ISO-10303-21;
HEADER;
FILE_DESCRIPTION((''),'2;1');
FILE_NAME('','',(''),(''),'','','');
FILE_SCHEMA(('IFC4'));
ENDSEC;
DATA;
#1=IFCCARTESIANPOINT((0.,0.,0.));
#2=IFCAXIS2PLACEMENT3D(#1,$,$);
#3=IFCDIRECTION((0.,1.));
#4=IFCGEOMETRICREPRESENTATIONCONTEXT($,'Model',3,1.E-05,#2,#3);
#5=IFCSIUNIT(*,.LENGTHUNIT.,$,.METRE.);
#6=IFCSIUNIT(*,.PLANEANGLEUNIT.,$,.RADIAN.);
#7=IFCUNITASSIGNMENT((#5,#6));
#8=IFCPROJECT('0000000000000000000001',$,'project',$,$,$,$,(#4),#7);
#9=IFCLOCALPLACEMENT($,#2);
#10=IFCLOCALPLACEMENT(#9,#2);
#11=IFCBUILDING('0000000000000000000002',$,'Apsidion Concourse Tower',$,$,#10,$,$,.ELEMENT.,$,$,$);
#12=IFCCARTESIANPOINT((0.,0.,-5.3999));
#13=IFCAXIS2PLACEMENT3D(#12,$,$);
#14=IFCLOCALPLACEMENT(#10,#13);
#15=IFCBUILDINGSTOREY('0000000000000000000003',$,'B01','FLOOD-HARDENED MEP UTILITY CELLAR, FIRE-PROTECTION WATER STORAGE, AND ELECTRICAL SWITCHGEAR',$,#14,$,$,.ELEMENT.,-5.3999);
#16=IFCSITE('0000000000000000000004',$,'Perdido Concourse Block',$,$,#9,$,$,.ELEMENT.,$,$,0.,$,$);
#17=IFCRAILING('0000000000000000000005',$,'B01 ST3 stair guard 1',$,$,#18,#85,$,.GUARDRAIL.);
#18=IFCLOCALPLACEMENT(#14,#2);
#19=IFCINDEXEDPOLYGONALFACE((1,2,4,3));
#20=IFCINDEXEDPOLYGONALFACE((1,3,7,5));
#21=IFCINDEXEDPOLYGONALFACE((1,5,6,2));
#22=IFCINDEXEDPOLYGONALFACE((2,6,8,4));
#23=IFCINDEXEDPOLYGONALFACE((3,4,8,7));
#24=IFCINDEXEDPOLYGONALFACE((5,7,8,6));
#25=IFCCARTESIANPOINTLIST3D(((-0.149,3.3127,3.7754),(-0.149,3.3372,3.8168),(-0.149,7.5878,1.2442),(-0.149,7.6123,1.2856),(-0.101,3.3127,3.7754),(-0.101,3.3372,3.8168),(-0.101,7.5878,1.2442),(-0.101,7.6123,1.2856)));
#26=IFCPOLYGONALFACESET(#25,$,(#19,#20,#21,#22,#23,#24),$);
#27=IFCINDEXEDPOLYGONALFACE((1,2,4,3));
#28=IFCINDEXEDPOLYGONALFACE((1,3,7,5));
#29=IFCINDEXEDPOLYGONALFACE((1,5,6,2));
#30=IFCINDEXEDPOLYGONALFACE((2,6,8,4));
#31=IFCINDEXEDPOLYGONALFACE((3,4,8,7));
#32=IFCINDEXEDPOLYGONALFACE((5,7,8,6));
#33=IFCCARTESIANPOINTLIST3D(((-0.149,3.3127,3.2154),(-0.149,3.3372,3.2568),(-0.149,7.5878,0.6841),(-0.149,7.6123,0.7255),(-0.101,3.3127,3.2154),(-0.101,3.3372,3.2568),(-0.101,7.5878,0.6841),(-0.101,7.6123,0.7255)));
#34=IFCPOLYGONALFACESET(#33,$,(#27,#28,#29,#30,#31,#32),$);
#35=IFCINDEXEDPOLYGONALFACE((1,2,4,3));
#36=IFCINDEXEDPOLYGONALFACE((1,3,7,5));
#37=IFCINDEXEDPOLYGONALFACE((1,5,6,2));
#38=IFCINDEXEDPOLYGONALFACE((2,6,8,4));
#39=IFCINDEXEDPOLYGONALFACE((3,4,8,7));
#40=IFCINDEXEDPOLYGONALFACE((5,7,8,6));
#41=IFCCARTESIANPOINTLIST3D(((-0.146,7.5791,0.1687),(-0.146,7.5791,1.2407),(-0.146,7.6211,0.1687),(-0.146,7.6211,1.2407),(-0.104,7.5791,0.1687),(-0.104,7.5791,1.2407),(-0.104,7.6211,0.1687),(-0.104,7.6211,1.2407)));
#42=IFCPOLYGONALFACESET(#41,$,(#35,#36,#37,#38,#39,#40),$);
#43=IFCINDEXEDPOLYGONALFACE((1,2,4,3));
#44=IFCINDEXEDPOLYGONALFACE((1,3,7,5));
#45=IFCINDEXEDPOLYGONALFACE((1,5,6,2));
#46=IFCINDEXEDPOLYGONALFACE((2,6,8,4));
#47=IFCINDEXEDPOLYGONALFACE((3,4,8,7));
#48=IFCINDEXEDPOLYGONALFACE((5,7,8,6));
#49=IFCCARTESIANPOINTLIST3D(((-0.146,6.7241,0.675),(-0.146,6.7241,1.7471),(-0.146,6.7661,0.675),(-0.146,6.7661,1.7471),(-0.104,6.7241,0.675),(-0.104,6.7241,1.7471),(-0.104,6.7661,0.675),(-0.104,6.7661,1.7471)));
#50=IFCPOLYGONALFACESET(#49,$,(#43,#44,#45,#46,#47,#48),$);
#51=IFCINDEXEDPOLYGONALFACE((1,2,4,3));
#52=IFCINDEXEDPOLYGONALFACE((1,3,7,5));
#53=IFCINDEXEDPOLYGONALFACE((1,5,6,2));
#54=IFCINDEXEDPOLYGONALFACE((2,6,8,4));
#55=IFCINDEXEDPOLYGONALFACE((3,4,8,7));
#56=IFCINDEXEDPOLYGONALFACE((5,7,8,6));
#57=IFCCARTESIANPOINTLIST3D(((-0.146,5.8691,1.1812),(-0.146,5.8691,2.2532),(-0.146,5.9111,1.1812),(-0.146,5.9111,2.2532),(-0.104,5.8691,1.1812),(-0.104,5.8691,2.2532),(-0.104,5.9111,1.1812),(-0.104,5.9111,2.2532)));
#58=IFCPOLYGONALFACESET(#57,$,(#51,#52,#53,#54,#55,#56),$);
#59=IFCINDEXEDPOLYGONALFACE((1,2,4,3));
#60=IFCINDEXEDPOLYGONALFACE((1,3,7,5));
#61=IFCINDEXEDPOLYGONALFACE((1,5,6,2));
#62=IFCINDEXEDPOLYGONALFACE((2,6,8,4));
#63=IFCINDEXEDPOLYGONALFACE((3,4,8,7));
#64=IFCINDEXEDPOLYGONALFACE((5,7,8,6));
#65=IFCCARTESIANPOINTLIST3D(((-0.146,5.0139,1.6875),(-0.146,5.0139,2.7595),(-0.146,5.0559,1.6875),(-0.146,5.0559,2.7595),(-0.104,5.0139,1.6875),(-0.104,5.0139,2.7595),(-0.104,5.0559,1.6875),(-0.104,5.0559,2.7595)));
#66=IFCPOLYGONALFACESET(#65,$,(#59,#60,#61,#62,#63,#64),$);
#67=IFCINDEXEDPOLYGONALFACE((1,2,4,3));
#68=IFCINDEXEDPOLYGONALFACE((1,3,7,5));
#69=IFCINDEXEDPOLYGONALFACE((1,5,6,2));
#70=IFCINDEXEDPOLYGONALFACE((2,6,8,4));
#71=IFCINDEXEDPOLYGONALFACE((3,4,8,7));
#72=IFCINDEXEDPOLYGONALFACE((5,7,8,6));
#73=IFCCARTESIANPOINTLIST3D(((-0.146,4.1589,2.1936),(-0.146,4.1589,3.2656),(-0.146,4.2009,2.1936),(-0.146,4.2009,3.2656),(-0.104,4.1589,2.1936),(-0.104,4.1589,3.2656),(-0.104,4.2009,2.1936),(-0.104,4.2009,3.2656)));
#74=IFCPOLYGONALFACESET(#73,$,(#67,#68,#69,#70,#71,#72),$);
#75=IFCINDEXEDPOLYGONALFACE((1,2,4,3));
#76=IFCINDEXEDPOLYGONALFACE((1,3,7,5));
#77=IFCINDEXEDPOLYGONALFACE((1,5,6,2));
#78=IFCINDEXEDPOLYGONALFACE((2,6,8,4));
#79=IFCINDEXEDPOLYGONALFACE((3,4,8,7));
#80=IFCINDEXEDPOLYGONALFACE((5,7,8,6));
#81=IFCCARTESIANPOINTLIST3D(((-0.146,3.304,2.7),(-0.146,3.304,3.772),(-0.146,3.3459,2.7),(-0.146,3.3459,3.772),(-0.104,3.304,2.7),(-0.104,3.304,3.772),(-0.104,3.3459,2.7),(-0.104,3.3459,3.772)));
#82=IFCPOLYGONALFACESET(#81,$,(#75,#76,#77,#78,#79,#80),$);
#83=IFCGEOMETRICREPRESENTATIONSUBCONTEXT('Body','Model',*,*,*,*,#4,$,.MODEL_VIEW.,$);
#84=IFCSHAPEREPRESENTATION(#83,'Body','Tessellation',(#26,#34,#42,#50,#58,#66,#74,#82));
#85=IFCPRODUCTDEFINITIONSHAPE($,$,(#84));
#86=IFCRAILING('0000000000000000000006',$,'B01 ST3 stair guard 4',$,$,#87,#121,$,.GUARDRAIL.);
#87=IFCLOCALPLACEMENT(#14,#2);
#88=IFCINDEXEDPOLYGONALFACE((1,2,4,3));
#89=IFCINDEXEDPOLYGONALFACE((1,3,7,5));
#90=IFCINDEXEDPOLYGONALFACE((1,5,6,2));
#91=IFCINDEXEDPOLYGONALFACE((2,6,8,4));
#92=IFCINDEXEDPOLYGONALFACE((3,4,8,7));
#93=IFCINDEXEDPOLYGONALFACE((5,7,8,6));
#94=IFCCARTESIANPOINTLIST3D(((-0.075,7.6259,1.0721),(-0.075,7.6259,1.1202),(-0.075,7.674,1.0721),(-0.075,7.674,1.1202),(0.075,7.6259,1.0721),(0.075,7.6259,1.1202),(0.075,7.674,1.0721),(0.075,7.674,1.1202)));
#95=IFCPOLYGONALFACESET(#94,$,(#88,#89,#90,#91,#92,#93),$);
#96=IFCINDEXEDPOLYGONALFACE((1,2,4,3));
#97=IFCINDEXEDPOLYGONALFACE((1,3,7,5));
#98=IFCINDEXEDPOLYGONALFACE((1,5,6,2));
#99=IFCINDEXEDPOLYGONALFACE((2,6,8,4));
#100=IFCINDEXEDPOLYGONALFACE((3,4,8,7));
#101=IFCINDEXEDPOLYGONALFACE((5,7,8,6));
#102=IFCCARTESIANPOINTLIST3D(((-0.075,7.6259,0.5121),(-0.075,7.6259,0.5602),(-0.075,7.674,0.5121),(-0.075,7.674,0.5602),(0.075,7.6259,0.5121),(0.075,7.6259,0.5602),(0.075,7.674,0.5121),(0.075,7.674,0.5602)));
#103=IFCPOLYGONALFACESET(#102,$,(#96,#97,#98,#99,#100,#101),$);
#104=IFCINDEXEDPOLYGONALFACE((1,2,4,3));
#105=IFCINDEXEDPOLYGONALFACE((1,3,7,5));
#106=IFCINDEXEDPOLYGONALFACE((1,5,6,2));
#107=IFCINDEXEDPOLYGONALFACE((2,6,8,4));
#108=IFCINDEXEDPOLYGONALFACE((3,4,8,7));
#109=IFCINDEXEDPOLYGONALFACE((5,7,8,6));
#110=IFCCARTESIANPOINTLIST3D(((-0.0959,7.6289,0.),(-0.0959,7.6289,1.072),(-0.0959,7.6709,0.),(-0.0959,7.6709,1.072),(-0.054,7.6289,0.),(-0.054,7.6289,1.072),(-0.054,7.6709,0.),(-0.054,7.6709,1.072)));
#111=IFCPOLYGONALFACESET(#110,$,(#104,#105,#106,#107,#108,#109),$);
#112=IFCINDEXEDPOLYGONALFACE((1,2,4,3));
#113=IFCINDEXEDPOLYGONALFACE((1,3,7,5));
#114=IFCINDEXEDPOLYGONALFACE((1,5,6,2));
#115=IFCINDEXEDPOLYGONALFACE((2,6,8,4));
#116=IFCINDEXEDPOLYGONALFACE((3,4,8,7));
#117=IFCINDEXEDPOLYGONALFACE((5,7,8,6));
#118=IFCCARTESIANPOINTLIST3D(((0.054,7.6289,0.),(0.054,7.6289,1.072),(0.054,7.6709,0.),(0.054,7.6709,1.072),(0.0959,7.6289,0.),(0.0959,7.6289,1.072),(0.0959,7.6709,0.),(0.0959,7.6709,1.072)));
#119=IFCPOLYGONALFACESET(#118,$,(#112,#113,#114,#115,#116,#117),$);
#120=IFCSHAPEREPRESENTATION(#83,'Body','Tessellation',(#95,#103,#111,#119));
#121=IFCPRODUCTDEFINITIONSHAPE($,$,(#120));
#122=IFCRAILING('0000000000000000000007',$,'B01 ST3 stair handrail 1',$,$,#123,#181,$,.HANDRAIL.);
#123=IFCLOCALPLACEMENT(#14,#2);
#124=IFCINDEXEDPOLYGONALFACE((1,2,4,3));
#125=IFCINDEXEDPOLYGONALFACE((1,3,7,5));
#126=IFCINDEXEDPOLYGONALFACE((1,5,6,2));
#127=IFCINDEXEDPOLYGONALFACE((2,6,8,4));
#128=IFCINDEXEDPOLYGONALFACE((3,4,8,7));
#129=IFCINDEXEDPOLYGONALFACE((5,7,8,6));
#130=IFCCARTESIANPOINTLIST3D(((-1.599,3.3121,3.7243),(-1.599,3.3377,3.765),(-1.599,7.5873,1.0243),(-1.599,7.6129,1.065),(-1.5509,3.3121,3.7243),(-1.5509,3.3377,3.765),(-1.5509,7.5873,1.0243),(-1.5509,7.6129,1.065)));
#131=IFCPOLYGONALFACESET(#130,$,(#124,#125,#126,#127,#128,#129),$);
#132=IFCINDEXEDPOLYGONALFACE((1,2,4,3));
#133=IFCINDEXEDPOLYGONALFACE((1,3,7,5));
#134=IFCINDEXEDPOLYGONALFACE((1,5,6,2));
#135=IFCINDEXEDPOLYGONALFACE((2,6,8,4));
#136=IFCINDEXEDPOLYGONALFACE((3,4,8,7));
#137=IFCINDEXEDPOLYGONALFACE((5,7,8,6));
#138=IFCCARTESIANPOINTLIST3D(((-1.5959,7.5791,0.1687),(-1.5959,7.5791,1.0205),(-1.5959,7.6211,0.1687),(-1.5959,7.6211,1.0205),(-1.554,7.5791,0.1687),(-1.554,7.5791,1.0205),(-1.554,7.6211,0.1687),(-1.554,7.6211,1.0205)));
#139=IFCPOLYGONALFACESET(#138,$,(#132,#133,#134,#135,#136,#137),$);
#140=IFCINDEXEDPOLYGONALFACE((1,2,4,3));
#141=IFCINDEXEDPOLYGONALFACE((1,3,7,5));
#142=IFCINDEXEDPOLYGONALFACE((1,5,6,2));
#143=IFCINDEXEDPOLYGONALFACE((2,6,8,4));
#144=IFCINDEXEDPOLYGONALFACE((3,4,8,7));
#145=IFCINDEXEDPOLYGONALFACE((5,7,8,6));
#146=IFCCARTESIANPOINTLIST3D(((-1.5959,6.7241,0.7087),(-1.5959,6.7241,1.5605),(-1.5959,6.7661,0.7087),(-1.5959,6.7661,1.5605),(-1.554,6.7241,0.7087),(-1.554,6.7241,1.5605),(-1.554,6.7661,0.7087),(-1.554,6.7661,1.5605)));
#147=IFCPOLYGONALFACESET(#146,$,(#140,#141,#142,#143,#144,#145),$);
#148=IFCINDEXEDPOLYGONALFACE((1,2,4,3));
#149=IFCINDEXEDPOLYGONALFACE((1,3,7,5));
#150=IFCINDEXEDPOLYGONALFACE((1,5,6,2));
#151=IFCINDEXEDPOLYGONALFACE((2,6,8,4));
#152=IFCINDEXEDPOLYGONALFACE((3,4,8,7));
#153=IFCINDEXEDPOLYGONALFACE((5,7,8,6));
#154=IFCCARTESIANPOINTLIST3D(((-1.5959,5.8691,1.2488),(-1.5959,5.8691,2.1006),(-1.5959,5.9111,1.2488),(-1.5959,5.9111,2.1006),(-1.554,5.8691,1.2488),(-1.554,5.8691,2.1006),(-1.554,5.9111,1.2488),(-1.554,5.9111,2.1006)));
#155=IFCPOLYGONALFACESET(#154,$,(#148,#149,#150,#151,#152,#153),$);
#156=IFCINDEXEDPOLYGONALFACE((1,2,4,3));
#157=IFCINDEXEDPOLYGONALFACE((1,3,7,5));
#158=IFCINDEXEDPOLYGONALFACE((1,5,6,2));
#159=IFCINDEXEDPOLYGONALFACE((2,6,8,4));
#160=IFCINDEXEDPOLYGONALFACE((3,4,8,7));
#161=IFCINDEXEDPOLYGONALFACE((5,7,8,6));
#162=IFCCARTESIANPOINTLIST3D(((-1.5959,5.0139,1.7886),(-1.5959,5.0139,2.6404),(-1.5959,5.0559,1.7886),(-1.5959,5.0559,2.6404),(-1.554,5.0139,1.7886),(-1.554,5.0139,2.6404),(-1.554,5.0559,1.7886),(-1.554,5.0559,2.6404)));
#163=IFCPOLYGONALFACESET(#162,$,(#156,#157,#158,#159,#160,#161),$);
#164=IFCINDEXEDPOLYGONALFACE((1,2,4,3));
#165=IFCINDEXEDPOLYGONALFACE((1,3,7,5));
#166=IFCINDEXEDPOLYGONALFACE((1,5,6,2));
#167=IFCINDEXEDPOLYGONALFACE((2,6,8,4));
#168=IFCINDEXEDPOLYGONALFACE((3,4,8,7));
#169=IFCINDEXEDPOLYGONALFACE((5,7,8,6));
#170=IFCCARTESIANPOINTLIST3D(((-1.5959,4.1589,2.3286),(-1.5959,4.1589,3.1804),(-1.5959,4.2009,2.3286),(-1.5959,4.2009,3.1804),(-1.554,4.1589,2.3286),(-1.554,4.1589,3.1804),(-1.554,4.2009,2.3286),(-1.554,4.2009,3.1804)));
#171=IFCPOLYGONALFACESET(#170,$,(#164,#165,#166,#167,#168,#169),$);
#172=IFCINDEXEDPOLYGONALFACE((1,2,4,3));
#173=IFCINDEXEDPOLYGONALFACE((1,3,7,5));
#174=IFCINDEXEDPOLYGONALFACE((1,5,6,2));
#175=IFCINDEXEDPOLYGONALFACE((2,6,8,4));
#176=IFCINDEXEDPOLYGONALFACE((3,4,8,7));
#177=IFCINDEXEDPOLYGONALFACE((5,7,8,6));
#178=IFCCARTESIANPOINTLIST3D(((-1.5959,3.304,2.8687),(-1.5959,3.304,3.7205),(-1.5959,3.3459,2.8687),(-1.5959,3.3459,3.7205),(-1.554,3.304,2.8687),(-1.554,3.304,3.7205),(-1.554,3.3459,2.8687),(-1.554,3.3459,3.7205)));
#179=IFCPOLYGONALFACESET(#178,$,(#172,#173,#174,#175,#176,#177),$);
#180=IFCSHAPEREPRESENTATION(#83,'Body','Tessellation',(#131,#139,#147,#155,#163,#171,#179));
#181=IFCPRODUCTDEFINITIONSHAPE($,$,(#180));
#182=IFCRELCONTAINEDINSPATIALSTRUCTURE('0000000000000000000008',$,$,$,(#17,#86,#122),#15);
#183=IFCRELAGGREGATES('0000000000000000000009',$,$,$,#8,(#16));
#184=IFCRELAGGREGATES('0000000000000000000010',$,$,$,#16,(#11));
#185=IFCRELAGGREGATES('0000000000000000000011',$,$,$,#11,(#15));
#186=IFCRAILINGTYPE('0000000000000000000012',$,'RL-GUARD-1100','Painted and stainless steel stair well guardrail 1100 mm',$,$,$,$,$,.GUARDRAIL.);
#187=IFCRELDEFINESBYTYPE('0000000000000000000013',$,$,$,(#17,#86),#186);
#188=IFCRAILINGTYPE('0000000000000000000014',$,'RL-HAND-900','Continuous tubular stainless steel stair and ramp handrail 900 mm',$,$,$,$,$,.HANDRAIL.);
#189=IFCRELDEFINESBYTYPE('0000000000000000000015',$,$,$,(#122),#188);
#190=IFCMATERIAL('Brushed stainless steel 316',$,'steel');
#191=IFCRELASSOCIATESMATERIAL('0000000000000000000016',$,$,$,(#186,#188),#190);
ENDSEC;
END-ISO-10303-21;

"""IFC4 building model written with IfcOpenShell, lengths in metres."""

from ifc_helpers import new_model, si_unit, direction, frame, origin, origin_2d, place, context, subcontext, project, spatial, rectangle, extrude, material, type_object, element, save


model = new_model("IFC4")

# Units and contexts
model_context = context("Model", 3, precision=1e-05, world=origin(), true_north=direction((0.0, 1.0)))
body_context = subcontext(model_context, "Body", "Model", "MODEL_VIEW")
ifc_project = project(units=[si_unit("LENGTHUNIT", "METRE"), si_unit("PLANEANGLEUNIT", "RADIAN")], contexts=[model_context])

# Site, building, storey
site_placement = place(None, origin())
site = spatial("IfcSite", under=ifc_project, at=site_placement, Name="Perdido Concourse Block", CompositionType="ELEMENT", RefElevation=0.0)
building_placement = place(site_placement, origin())
building = spatial("IfcBuilding", under=site, at=building_placement, Name="Apsidion Concourse Tower", CompositionType="ELEMENT")
storey_placement = place(building_placement, frame((0.0, 0.0, -5.3999)))
storey = spatial("IfcBuildingStorey", under=building, at=storey_placement, Name="B01", Description="FLOOD-HARDENED MEP UTILITY CELLAR, FIRE-PROTECTION WATER STORAGE, AND ELECTRICAL SWITCHGEAR", CompositionType="ELEMENT", Elevation=-5.3999)

# Shared definitions
ifc_material_1 = material(Name="Brushed stainless steel 316", Category="steel")

# Railings
railing_type_1 = type_object("IfcRailingType", Name="RL-GUARD-1100", Description="Painted and stainless steel stair well guardrail 1100 mm", PredefinedType="GUARDRAIL", material=ifc_material_1)
railing_1_placement = place(storey_placement, frame((-0.125, 7.6001, 0.1687)))
element("IfcRailing", 1, at=railing_1_placement, inside=storey, type_object=railing_type_1, Name="B01 ST3 stair guard 1", PredefinedType="GUARDRAIL", context=body_context, shape_type="SweptSolid", body=[
    extrude(rectangle(XDim=0.0481, YDim=0.0481, at=origin_2d()), frame((0.0, 0.0, 1.0962), z_axis=(0.0, -0.860483, 0.509479), x_axis=(1.0, 0.0, 0.0)), (0.0, 0.0, 1.0), 4.9683),
    extrude(rectangle(XDim=0.0481, YDim=0.0481, at=origin_2d()), frame((0.0, 0.0, 0.5361), z_axis=(0.0, -0.860483, 0.509479), x_axis=(1.0, 0.0, 0.0)), (0.0, 0.0, 1.0), 4.9683),
    extrude(rectangle(XDim=0.042, YDim=0.042, at=origin_2d()), origin(), (0.0, 0.0, 1.0), 1.072),
    extrude(rectangle(XDim=0.042, YDim=0.042, at=origin_2d()), frame((0.0, -0.855, 0.5063)), (0.0, 0.0, 1.0), 1.072),
    extrude(rectangle(XDim=0.042, YDim=0.042, at=origin_2d()), frame((0.0, -1.71, 1.0125)), (0.0, 0.0, 1.0), 1.072),
    extrude(rectangle(XDim=0.042, YDim=0.042, at=origin_2d()), frame((0.0, -2.5652, 1.5188)), (0.0, 0.0, 1.0), 1.072),
    extrude(rectangle(XDim=0.042, YDim=0.042, at=origin_2d()), frame((0.0, -3.4202, 2.0249)), (0.0, 0.0, 1.0), 1.072),
    extrude(rectangle(XDim=0.042, YDim=0.042, at=origin_2d()), frame((0.0, -4.2751, 2.5312)), (0.0, 0.0, 1.0), 1.072),
])
railing_2_placement = place(storey_placement, frame((-0.075, 7.6499, 0.0)))
element("IfcRailing", 2, at=railing_2_placement, inside=storey, type_object=railing_type_1, Name="B01 ST3 stair guard 4", PredefinedType="GUARDRAIL", context=body_context, shape_type="SweptSolid", body=[
    extrude(rectangle(XDim=0.0481, YDim=0.0481, at=origin_2d()), frame((0.0, 0.0, 1.0962), z_axis=(1.0, 0.0, 0.0), x_axis=(0.0, 1.0, 0.0)), (0.0, 0.0, 1.0), 0.1499),
    extrude(rectangle(XDim=0.0481, YDim=0.0481, at=origin_2d()), frame((0.0, 0.0, 0.5361), z_axis=(1.0, 0.0, 0.0), x_axis=(0.0, 1.0, 0.0)), (0.0, 0.0, 1.0), 0.1499),
    extrude(rectangle(XDim=0.042, YDim=0.042, at=origin_2d()), origin(), (0.0, 0.0, 1.0), 1.072),
    extrude(rectangle(XDim=0.042, YDim=0.042, at=origin_2d()), frame((0.1499, 0.0, 0.0)), (0.0, 0.0, 1.0), 1.072),
])
railing_type_2 = type_object("IfcRailingType", Name="RL-HAND-900", Description="Continuous tubular stainless steel stair and ramp handrail 900 mm", PredefinedType="HANDRAIL", material=ifc_material_1)
railing_3_placement = place(storey_placement, frame((-1.575, 7.6001, 0.1687)))
element("IfcRailing", 3, at=railing_3_placement, inside=storey, type_object=railing_type_2, Name="B01 ST3 stair handrail 1", PredefinedType="HANDRAIL", context=body_context, shape_type="SweptSolid", body=[
    extrude(rectangle(XDim=0.0481, YDim=0.0481, at=origin_2d()), frame((0.0, 0.0, 0.876), z_axis=(0.0, -0.845502, 0.533973), x_axis=(1.0, 0.0, 0.0)), (0.0, 0.0, 1.0), 5.0564),
    extrude(rectangle(XDim=0.042, YDim=0.042, at=origin_2d()), origin(), (0.0, 0.0, 1.0), 0.8518),
    extrude(rectangle(XDim=0.042, YDim=0.042, at=origin_2d()), frame((0.0, -0.855, 0.54)), (0.0, 0.0, 1.0), 0.8518),
    extrude(rectangle(XDim=0.042, YDim=0.042, at=origin_2d()), frame((0.0, -1.71, 1.0801)), (0.0, 0.0, 1.0), 0.8518),
    extrude(rectangle(XDim=0.042, YDim=0.042, at=origin_2d()), frame((0.0, -2.5652, 1.6199)), (0.0, 0.0, 1.0), 0.8518),
    extrude(rectangle(XDim=0.042, YDim=0.042, at=origin_2d()), frame((0.0, -3.4202, 2.1599)), (0.0, 0.0, 1.0), 0.8518),
    extrude(rectangle(XDim=0.042, YDim=0.042, at=origin_2d()), frame((0.0, -4.2751, 2.7)), (0.0, 0.0, 1.0), 0.8518),
])

save(model, "model.ifc")
